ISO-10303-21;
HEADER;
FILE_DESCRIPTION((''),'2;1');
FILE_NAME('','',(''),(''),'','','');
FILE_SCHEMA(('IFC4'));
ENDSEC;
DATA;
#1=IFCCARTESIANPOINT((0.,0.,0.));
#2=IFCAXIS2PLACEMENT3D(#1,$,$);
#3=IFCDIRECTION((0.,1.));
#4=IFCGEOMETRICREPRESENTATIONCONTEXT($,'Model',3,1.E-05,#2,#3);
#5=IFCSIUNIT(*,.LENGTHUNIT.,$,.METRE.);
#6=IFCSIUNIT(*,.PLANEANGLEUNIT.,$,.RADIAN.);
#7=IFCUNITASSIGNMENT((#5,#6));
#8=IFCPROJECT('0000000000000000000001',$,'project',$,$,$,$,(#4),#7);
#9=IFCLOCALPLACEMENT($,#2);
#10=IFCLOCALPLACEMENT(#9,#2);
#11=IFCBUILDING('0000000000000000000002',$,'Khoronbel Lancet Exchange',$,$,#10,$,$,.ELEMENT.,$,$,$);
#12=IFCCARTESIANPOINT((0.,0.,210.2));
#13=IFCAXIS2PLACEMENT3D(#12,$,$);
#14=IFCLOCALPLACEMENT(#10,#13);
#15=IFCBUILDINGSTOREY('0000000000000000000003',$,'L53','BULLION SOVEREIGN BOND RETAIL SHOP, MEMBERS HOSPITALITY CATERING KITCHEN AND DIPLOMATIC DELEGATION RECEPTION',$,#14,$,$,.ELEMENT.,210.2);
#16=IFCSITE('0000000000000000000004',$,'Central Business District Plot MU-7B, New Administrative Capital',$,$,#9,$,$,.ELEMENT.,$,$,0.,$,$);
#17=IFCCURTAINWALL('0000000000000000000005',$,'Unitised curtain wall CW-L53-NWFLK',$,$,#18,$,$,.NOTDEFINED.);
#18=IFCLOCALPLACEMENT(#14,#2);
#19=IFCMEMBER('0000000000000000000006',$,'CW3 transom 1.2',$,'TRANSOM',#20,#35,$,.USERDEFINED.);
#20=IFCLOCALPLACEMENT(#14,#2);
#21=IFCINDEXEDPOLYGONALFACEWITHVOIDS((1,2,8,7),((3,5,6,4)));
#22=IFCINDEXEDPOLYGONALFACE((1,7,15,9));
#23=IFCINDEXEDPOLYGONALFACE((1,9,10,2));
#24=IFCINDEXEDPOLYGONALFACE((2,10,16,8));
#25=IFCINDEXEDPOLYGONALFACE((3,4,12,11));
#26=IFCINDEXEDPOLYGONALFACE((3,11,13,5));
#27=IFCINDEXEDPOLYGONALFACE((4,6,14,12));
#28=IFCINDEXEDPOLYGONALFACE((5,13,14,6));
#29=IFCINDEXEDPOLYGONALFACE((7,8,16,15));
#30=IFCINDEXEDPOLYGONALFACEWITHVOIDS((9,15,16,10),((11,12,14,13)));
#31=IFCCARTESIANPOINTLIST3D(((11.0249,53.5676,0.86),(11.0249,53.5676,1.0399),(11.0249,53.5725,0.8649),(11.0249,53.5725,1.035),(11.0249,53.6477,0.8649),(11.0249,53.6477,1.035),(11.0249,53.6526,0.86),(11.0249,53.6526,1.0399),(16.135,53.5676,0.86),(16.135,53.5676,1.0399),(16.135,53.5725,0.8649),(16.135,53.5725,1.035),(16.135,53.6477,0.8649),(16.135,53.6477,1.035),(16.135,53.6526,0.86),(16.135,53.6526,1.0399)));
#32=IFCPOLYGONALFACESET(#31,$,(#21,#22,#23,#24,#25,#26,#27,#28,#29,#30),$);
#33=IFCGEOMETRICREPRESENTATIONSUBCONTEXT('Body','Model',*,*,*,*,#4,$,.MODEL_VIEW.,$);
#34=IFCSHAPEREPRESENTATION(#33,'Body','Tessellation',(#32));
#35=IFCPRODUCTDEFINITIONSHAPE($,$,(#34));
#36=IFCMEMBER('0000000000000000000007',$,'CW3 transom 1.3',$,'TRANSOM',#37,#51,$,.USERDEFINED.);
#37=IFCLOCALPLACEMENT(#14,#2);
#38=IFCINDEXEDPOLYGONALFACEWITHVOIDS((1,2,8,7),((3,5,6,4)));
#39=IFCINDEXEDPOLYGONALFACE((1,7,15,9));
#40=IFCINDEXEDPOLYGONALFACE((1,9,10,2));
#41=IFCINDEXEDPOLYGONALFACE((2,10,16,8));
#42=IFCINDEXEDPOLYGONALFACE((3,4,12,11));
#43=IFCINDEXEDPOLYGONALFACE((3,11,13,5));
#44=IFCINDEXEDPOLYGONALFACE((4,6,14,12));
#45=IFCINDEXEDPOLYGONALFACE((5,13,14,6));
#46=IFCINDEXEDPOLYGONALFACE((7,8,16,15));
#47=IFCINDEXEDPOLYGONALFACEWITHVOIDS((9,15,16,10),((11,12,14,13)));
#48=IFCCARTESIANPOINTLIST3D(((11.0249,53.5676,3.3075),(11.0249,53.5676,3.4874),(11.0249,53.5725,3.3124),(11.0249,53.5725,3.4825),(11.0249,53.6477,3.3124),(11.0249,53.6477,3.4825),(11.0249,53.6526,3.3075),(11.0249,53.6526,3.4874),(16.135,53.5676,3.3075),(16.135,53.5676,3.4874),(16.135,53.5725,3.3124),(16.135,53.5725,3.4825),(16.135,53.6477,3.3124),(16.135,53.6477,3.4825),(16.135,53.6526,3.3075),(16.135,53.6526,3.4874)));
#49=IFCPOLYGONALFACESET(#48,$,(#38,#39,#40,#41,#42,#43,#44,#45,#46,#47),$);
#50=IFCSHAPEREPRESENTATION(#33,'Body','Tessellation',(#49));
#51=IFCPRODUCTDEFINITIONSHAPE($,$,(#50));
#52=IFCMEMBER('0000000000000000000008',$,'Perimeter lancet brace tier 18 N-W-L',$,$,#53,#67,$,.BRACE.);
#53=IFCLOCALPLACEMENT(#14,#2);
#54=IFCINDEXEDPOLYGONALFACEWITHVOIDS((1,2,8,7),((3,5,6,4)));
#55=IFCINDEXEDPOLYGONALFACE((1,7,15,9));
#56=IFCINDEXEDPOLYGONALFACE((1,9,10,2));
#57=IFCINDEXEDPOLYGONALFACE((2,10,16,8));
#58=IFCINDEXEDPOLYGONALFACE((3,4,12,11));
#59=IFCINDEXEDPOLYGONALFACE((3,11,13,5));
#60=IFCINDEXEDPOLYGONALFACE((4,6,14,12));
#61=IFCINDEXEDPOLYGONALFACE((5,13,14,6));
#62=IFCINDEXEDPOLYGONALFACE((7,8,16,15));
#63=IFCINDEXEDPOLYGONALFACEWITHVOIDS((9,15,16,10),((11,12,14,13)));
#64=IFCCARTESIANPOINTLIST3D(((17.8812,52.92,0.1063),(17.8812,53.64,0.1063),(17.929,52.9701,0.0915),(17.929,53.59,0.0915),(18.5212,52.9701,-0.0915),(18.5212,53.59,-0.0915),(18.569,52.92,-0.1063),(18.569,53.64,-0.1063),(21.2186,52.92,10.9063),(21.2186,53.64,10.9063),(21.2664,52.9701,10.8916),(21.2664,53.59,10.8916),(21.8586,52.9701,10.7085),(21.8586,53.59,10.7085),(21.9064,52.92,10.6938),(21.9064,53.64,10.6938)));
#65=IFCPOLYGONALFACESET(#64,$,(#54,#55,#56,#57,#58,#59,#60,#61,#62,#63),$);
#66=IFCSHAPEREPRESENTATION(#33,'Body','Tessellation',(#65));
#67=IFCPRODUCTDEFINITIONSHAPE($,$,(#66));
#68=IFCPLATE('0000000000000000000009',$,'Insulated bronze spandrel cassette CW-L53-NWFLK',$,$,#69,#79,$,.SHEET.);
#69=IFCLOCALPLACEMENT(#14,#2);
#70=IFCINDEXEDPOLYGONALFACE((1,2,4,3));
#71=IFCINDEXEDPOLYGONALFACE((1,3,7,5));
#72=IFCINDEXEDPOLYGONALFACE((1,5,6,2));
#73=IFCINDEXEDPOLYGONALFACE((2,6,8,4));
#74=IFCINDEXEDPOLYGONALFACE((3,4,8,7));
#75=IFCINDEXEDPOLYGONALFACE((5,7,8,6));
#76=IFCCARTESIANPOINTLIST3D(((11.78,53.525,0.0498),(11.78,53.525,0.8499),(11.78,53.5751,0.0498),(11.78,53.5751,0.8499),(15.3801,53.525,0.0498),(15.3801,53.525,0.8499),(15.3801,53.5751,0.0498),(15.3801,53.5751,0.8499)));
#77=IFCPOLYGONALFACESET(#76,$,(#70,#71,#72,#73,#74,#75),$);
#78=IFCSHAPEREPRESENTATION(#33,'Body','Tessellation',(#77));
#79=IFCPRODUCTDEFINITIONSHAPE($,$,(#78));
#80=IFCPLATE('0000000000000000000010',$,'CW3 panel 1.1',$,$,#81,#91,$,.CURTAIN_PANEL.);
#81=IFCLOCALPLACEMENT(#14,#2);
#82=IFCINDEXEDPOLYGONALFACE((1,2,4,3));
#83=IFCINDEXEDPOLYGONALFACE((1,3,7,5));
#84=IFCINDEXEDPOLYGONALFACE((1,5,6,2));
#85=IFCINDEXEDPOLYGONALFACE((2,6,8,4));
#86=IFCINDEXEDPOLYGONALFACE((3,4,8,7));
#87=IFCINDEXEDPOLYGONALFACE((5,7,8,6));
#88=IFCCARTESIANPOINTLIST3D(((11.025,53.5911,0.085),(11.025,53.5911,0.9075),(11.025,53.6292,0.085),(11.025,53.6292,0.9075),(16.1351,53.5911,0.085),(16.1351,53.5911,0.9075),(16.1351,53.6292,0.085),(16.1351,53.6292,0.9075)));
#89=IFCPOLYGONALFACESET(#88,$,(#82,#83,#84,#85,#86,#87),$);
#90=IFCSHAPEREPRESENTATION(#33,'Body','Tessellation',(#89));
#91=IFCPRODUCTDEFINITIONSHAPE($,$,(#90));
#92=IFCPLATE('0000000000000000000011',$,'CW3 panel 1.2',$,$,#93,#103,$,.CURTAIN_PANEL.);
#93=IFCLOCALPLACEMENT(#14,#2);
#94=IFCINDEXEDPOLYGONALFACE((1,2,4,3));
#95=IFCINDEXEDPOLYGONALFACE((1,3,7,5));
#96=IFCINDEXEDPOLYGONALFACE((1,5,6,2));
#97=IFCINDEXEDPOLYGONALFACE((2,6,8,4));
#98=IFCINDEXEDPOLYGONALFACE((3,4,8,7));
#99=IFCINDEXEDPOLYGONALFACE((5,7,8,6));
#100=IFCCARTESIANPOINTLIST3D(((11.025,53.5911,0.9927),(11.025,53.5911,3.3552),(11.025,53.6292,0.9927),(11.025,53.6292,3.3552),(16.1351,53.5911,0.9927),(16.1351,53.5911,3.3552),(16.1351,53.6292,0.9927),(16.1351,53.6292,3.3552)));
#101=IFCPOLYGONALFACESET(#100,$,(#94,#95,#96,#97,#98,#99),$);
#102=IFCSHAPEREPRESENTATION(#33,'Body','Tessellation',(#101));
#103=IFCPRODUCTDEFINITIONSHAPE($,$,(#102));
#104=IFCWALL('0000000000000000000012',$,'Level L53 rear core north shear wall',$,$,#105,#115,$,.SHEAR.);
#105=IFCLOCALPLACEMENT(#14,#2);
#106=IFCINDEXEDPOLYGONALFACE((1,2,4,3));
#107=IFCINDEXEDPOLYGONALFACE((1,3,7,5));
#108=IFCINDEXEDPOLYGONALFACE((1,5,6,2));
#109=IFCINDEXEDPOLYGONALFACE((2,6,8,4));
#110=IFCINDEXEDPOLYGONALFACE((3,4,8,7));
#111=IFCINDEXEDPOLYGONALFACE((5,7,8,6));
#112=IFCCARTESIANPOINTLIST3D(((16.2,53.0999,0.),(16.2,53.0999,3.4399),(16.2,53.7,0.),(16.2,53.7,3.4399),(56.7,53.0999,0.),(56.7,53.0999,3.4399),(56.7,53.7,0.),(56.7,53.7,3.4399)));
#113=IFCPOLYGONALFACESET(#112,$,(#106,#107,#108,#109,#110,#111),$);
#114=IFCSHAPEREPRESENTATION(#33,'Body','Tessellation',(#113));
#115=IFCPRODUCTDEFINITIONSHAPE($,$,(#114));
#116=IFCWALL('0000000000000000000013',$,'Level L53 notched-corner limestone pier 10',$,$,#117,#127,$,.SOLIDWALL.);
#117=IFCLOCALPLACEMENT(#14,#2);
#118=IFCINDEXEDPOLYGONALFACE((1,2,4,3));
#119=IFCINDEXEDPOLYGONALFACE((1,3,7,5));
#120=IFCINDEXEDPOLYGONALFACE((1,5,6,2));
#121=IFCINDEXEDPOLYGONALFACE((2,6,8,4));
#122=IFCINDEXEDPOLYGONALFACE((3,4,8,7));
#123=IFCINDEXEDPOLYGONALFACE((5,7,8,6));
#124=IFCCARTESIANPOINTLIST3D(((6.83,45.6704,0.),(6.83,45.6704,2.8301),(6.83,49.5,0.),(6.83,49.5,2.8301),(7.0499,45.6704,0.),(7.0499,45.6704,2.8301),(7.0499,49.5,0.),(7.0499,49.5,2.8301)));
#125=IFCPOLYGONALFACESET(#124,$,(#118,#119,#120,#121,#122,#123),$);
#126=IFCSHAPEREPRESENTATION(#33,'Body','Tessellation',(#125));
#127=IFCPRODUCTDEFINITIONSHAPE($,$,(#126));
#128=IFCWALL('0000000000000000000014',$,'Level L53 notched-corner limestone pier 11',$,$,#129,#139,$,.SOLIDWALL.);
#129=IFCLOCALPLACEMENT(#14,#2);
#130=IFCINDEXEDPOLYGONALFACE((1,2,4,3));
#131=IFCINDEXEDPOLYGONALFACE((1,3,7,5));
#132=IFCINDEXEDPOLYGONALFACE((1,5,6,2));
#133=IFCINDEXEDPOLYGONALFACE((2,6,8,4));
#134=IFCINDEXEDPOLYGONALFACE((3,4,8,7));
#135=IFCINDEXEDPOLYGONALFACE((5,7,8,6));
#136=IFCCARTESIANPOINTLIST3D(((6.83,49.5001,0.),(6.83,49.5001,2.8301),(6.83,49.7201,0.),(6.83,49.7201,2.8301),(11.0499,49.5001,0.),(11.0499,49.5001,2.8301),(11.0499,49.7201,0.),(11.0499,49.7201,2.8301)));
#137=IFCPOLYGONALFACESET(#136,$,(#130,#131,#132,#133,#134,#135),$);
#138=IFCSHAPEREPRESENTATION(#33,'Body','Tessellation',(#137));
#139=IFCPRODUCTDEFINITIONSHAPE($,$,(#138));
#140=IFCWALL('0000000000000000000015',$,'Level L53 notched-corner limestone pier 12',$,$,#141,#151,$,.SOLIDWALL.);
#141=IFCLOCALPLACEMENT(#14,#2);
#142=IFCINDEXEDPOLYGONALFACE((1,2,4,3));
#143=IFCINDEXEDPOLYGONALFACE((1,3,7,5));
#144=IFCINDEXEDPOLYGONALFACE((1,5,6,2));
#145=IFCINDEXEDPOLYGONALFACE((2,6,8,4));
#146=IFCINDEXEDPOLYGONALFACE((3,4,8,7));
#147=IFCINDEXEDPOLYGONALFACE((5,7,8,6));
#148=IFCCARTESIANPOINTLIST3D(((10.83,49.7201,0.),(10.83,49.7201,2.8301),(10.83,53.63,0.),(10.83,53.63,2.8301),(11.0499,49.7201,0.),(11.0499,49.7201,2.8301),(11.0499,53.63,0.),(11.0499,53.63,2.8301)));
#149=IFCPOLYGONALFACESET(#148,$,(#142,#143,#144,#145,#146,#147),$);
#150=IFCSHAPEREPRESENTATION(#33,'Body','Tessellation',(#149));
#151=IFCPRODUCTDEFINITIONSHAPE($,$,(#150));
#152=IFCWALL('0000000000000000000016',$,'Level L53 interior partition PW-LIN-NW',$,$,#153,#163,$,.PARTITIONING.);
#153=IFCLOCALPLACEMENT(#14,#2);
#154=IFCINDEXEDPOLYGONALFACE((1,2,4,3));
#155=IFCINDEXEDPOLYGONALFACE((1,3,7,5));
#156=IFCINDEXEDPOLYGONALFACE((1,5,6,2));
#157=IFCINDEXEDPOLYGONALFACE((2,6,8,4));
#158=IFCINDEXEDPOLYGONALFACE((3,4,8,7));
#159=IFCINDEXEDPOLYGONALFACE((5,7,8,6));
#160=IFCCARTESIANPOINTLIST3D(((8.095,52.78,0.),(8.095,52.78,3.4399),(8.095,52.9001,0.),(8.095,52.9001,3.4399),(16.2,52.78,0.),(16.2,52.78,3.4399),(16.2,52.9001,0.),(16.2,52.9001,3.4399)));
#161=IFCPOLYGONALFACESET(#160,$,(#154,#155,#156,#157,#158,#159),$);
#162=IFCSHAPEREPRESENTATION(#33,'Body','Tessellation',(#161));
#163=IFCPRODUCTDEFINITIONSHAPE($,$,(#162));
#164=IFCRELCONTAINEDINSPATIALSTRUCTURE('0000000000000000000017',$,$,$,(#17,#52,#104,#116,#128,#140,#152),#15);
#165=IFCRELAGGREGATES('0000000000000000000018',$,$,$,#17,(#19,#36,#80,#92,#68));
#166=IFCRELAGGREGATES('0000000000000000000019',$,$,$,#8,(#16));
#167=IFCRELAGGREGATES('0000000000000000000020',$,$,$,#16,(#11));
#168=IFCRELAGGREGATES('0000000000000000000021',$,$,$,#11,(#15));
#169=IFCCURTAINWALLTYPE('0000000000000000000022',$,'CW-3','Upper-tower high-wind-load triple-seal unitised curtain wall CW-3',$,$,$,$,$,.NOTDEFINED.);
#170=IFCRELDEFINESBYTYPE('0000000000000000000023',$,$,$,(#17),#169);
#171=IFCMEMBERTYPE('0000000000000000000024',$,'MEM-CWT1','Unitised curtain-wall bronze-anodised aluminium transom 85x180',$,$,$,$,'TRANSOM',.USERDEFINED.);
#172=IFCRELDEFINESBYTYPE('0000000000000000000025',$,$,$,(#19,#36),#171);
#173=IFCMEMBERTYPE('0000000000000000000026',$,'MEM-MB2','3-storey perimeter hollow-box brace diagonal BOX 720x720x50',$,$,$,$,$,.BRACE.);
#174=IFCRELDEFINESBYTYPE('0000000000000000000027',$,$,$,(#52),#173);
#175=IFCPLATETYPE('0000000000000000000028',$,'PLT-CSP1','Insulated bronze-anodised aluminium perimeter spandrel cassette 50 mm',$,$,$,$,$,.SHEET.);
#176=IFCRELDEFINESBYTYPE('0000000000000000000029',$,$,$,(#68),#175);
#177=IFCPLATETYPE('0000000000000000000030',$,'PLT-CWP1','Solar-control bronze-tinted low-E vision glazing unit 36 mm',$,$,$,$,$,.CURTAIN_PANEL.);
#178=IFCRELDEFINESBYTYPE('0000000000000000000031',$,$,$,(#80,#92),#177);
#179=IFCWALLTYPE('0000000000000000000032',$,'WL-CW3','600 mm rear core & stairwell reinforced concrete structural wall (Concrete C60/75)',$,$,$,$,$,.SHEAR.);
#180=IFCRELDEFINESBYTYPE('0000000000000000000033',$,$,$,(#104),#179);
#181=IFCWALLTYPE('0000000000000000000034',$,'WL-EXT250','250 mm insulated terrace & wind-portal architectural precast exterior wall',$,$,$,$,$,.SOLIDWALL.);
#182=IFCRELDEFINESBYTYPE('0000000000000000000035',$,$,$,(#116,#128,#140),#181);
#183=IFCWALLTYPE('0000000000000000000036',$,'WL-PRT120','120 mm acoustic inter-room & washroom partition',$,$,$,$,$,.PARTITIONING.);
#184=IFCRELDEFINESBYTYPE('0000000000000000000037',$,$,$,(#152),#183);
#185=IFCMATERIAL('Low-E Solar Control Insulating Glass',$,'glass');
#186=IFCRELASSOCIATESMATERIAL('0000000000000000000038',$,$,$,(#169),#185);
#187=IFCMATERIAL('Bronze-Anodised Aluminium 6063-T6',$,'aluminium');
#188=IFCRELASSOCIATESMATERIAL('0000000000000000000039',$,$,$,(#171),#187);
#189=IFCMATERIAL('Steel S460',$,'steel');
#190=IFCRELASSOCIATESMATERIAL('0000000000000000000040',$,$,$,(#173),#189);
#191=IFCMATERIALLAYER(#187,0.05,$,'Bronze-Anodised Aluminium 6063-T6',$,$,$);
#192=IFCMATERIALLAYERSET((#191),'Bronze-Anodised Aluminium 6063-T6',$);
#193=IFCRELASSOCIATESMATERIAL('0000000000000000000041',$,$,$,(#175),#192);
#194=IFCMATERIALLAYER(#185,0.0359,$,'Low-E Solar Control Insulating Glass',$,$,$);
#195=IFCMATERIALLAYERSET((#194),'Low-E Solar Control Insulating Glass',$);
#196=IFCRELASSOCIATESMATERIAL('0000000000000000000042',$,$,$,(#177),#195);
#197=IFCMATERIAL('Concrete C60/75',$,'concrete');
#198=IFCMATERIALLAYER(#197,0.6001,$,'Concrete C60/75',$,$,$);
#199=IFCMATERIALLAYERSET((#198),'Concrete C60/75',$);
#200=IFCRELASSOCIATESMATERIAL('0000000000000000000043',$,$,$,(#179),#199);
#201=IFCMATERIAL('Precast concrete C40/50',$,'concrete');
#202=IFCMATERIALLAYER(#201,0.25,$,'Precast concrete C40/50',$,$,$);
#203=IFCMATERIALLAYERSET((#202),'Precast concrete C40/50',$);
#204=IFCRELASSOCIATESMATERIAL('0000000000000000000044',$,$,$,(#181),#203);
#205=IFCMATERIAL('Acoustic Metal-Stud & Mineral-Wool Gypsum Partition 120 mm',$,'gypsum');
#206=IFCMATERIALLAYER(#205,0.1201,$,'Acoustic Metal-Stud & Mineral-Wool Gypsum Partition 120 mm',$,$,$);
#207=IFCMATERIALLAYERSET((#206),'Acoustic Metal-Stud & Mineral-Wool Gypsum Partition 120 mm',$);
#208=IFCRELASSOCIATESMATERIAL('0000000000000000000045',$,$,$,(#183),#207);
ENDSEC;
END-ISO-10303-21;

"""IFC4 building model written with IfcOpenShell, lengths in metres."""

from ifc_helpers import new_model, si_unit, direction, frame, frame_2d, origin, origin_2d, place, context, subcontext, project, spatial, rectangle, hollow_rectangle, extrude, material, layer, layer_set, material_profile, profile_set, type_object, element, aggregate, save


model = new_model("IFC4")

# Units and contexts
model_context = context("Model", 3, precision=1e-05, world=origin(), true_north=direction((0.0, 1.0)))
body_context = subcontext(model_context, "Body", "Model", "MODEL_VIEW")
ifc_project = project(units=[si_unit("LENGTHUNIT", "METRE"), si_unit("PLANEANGLEUNIT", "RADIAN")], contexts=[model_context])

# Site, building, storey
site_placement = place(None, origin())
site = spatial("IfcSite", under=ifc_project, at=site_placement, Name="Central Business District Plot MU-7B, New Administrative Capital", CompositionType="ELEMENT", RefElevation=0.0)
building_placement = place(site_placement, origin())
building = spatial("IfcBuilding", under=site, at=building_placement, Name="Khoronbel Lancet Exchange", CompositionType="ELEMENT")
storey_placement = place(building_placement, frame((0.0, 0.0, 210.2)))
storey = spatial("IfcBuildingStorey", under=building, at=storey_placement, Name="L53", Description="BULLION SOVEREIGN BOND RETAIL SHOP, MEMBERS HOSPITALITY CATERING KITCHEN AND DIPLOMATIC DELEGATION RECEPTION", CompositionType="ELEMENT", Elevation=210.2)

# Shared definitions
ifc_material_1 = material(Name="Steel S460", Category="steel")

# Curtain wall, members
ifc_material_2 = material(Name="Low-E Solar Control Insulating Glass", Category="glass")
curtain_wall_type = type_object("IfcCurtainWallType", Name="CW-3", Description="Upper-tower high-wind-load triple-seal unitised curtain wall CW-3", PredefinedType="NOTDEFINED", material=ifc_material_2)
curtain_wall_placement = place(storey_placement, origin())
curtain_wall = element("IfcCurtainWall", 1, at=curtain_wall_placement, inside=storey, type_object=curtain_wall_type, Name="Unitised curtain wall CW-L53-NWFLK", PredefinedType="NOTDEFINED")
ifc_material_3 = material(Name="Bronze-Anodised Aluminium 6063-T6", Category="aluminium")
ifc_material_profile_1 = material_profile(ifc_material_3, hollow_rectangle(XDim=0.085, YDim=0.1799, WallThickness=0.0049, at=origin_2d()), Name="ALU TRANSOM 85x180")
ifc_profile_set_1 = profile_set([ifc_material_profile_1], Name="Bronze-Anodised Aluminium 6063-T6")
member_type_1 = type_object("IfcMemberType", Name="MEM-CWT1", Description="Unitised curtain-wall bronze-anodised aluminium transom 85x180", ElementType="TRANSOM", PredefinedType="USERDEFINED", material=ifc_profile_set_1)
member_1_placement = place(storey_placement, frame((16.135, 53.6101, 0.95), z_axis=(-1.0, 0.0, 0.0), x_axis=(0.0, -1.0, 0.0)))
member_1 = element("IfcMember", 2, at=member_1_placement, type_object=member_type_1, Name="CW3 transom 1.2", ObjectType="TRANSOM", PredefinedType="USERDEFINED", context=body_context, shape_type="SweptSolid", body=[
    extrude(hollow_rectangle(XDim=0.085, YDim=0.1799, WallThickness=0.0049, at=origin_2d()), origin(), (0.0, 0.0, 1.0), 5.1101),
])
member_2_placement = place(storey_placement, frame((16.135, 53.6101, 3.3975), z_axis=(-1.0, 0.0, 0.0), x_axis=(0.0, -1.0, 0.0)))
member_2 = element("IfcMember", 3, at=member_2_placement, type_object=member_type_1, Name="CW3 transom 1.3", ObjectType="TRANSOM", PredefinedType="USERDEFINED", context=body_context, shape_type="SweptSolid", body=[
    extrude(hollow_rectangle(XDim=0.085, YDim=0.1799, WallThickness=0.0049, at=origin_2d()), origin(), (0.0, 0.0, 1.0), 5.1101),
])

# Member
ifc_material_profile_2 = material_profile(ifc_material_1, hollow_rectangle(XDim=0.72, YDim=0.72, WallThickness=0.05, at=origin_2d()), Name="BOX 720x720x50")
ifc_profile_set_2 = profile_set([ifc_material_profile_2], Name="Steel S460")
member_type_2 = type_object("IfcMemberType", Name="MEM-MB2", Description="3-storey perimeter hollow-box brace diagonal BOX 720x720x50", PredefinedType="BRACE", material=ifc_profile_set_2)
member_3_placement = place(storey_placement, frame((18.2251, 53.28, 0.0), z_axis=(0.295242, 0.0, 0.955422), x_axis=(0.0, 1.0, 0.0)))
element("IfcMember", 4, at=member_3_placement, inside=storey, type_object=member_type_2, Name="Perimeter lancet brace tier 18 N-W-L", PredefinedType="BRACE", context=body_context, shape_type="SweptSolid", body=[
    extrude(hollow_rectangle(XDim=0.72, YDim=0.72, WallThickness=0.05, at=origin_2d()), origin(), (0.0, 0.0, 1.0), 11.304),
])

# Plates
ifc_layer_1 = layer(ifc_material_3, 0.05, Name="Bronze-Anodised Aluminium 6063-T6")
ifc_layer_set_1 = layer_set([ifc_layer_1], Name="Bronze-Anodised Aluminium 6063-T6")
plate_type_1 = type_object("IfcPlateType", Name="PLT-CSP1", Description="Insulated bronze-anodised aluminium perimeter spandrel cassette 50 mm", PredefinedType="SHEET", material=ifc_layer_set_1)
plate_1_placement = place(storey_placement, frame((13.5801, 53.55, 0.0498), z_axis=(0.0, 0.0, 1.0), x_axis=(-1.0, 0.0, 0.0)))
plate_1 = element("IfcPlate", 5, at=plate_1_placement, type_object=plate_type_1, Name="Insulated bronze spandrel cassette CW-L53-NWFLK", PredefinedType="SHEET", context=body_context, shape_type="SweptSolid", body=[
    extrude(rectangle(XDim=3.6001, YDim=0.05, at=origin_2d()), origin(), (0.0, 0.0, 1.0), 0.8),
])
ifc_layer_2 = layer(ifc_material_2, 0.0359, Name="Low-E Solar Control Insulating Glass")
ifc_layer_set_2 = layer_set([ifc_layer_2], Name="Low-E Solar Control Insulating Glass")
plate_type_2 = type_object("IfcPlateType", Name="PLT-CWP1", Description="Solar-control bronze-tinted low-E vision glazing unit 36 mm", PredefinedType="CURTAIN_PANEL", material=ifc_layer_set_2)
plate_2_placement = place(storey_placement, frame((13.5801, 53.6101, 0.085), z_axis=(0.0, 0.0, 1.0), x_axis=(-1.0, 0.0, 0.0)))
plate_2 = element("IfcPlate", 6, at=plate_2_placement, type_object=plate_type_2, Name="CW3 panel 1.1", PredefinedType="CURTAIN_PANEL", context=body_context, shape_type="SweptSolid", body=[
    extrude(rectangle(XDim=5.1101, YDim=0.0381, at=origin_2d()), origin(), (0.0, 0.0, 1.0), 0.8225),
])
plate_3_placement = place(storey_placement, frame((13.5801, 53.6101, 0.9927), z_axis=(0.0, 0.0, 1.0), x_axis=(-1.0, 0.0, 0.0)))
plate_3 = element("IfcPlate", 7, at=plate_3_placement, type_object=plate_type_2, Name="CW3 panel 1.2", PredefinedType="CURTAIN_PANEL", context=body_context, shape_type="SweptSolid", body=[
    extrude(rectangle(XDim=5.1101, YDim=0.0381, at=origin_2d()), origin(), (0.0, 0.0, 1.0), 2.3625),
])
aggregate(curtain_wall, [member_1, member_2, plate_2, plate_3, plate_1])

# Walls
ifc_material_4 = material(Name="Concrete C60/75", Category="concrete")
ifc_layer_3 = layer(ifc_material_4, 0.6001, Name="Concrete C60/75")
ifc_layer_set_3 = layer_set([ifc_layer_3], Name="Concrete C60/75")
wall_type_1 = type_object("IfcWallType", Name="WL-CW3", Description="600 mm rear core & stairwell reinforced concrete structural wall (Concrete C60/75)", PredefinedType="SHEAR", material=ifc_layer_set_3)
wall_1_placement = place(storey_placement, frame((16.2, 53.3999, 0.0), z_axis=(0.0, 0.0, 1.0), x_axis=(1.0, 0.0, 0.0)))
element("IfcWall", 8, at=wall_1_placement, inside=storey, type_object=wall_type_1, Name="Level L53 rear core north shear wall", PredefinedType="SHEAR", context=body_context, shape_type="SweptSolid", body=[
    extrude(rectangle(XDim=40.5, YDim=0.6001, at=frame_2d((20.25, 0.0))), origin(), (0.0, 0.0, 1.0), 3.4399),
])
ifc_material_5 = material(Name="Precast concrete C40/50", Category="concrete")
ifc_layer_4 = layer(ifc_material_5, 0.25, Name="Precast concrete C40/50")
ifc_layer_set_4 = layer_set([ifc_layer_4], Name="Precast concrete C40/50")
wall_type_2 = type_object("IfcWallType", Name="WL-EXT250", Description="250 mm insulated terrace & wind-portal architectural precast exterior wall", PredefinedType="SOLIDWALL", material=ifc_layer_set_4)
wall_2_placement = place(storey_placement, frame((6.9399, 45.6704, 0.0), z_axis=(0.0, 0.0, 1.0), x_axis=(0.0, 1.0, 0.0)))
element("IfcWall", 9, at=wall_2_placement, inside=storey, type_object=wall_type_2, Name="Level L53 notched-corner limestone pier 10", PredefinedType="SOLIDWALL", context=body_context, shape_type="SweptSolid", body=[
    extrude(rectangle(XDim=3.8296, YDim=0.22, at=frame_2d((1.9148, 0.0))), origin(), (0.0, 0.0, 1.0), 2.8301),
])
wall_3_placement = place(storey_placement, frame((6.8301, 49.6101, 0.0), z_axis=(0.0, 0.0, 1.0), x_axis=(1.0, 0.0, 0.0)))
element("IfcWall", 10, at=wall_3_placement, inside=storey, type_object=wall_type_2, Name="Level L53 notched-corner limestone pier 11", PredefinedType="SOLIDWALL", context=body_context, shape_type="SweptSolid", body=[
    extrude(rectangle(XDim=4.22, YDim=0.22, at=frame_2d((2.1099, 0.0))), origin(), (0.0, 0.0, 1.0), 2.8301),
])
wall_4_placement = place(storey_placement, frame((10.9399, 49.72, 0.0), z_axis=(0.0, 0.0, 1.0), x_axis=(0.0, 1.0, 0.0)))
element("IfcWall", 11, at=wall_4_placement, inside=storey, type_object=wall_type_2, Name="Level L53 notched-corner limestone pier 12", PredefinedType="SOLIDWALL", context=body_context, shape_type="SweptSolid", body=[
    extrude(rectangle(XDim=3.9099, YDim=0.22, at=frame_2d((1.9551, 0.0))), origin(), (0.0, 0.0, 1.0), 2.8301),
])
ifc_material_6 = material(Name="Acoustic Metal-Stud & Mineral-Wool Gypsum Partition 120 mm", Category="gypsum")
ifc_layer_5 = layer(ifc_material_6, 0.1201, Name="Acoustic Metal-Stud & Mineral-Wool Gypsum Partition 120 mm")
ifc_layer_set_5 = layer_set([ifc_layer_5], Name="Acoustic Metal-Stud & Mineral-Wool Gypsum Partition 120 mm")
wall_type_3 = type_object("IfcWallType", Name="WL-PRT120", Description="120 mm acoustic inter-room & washroom partition", PredefinedType="PARTITIONING", material=ifc_layer_set_5)
wall_5_placement = place(storey_placement, frame((8.095, 52.8401, 0.0), z_axis=(0.0, 0.0, 1.0), x_axis=(1.0, 0.0, 0.0)))
element("IfcWall", 12, at=wall_5_placement, inside=storey, type_object=wall_type_3, Name="Level L53 interior partition PW-LIN-NW", PredefinedType="PARTITIONING", context=body_context, shape_type="SweptSolid", body=[
    extrude(rectangle(XDim=8.105, YDim=0.1201, at=frame_2d((4.0525, 0.0))), origin(), (0.0, 0.0, 1.0), 3.4399),
])

save(model, "model.ifc")
